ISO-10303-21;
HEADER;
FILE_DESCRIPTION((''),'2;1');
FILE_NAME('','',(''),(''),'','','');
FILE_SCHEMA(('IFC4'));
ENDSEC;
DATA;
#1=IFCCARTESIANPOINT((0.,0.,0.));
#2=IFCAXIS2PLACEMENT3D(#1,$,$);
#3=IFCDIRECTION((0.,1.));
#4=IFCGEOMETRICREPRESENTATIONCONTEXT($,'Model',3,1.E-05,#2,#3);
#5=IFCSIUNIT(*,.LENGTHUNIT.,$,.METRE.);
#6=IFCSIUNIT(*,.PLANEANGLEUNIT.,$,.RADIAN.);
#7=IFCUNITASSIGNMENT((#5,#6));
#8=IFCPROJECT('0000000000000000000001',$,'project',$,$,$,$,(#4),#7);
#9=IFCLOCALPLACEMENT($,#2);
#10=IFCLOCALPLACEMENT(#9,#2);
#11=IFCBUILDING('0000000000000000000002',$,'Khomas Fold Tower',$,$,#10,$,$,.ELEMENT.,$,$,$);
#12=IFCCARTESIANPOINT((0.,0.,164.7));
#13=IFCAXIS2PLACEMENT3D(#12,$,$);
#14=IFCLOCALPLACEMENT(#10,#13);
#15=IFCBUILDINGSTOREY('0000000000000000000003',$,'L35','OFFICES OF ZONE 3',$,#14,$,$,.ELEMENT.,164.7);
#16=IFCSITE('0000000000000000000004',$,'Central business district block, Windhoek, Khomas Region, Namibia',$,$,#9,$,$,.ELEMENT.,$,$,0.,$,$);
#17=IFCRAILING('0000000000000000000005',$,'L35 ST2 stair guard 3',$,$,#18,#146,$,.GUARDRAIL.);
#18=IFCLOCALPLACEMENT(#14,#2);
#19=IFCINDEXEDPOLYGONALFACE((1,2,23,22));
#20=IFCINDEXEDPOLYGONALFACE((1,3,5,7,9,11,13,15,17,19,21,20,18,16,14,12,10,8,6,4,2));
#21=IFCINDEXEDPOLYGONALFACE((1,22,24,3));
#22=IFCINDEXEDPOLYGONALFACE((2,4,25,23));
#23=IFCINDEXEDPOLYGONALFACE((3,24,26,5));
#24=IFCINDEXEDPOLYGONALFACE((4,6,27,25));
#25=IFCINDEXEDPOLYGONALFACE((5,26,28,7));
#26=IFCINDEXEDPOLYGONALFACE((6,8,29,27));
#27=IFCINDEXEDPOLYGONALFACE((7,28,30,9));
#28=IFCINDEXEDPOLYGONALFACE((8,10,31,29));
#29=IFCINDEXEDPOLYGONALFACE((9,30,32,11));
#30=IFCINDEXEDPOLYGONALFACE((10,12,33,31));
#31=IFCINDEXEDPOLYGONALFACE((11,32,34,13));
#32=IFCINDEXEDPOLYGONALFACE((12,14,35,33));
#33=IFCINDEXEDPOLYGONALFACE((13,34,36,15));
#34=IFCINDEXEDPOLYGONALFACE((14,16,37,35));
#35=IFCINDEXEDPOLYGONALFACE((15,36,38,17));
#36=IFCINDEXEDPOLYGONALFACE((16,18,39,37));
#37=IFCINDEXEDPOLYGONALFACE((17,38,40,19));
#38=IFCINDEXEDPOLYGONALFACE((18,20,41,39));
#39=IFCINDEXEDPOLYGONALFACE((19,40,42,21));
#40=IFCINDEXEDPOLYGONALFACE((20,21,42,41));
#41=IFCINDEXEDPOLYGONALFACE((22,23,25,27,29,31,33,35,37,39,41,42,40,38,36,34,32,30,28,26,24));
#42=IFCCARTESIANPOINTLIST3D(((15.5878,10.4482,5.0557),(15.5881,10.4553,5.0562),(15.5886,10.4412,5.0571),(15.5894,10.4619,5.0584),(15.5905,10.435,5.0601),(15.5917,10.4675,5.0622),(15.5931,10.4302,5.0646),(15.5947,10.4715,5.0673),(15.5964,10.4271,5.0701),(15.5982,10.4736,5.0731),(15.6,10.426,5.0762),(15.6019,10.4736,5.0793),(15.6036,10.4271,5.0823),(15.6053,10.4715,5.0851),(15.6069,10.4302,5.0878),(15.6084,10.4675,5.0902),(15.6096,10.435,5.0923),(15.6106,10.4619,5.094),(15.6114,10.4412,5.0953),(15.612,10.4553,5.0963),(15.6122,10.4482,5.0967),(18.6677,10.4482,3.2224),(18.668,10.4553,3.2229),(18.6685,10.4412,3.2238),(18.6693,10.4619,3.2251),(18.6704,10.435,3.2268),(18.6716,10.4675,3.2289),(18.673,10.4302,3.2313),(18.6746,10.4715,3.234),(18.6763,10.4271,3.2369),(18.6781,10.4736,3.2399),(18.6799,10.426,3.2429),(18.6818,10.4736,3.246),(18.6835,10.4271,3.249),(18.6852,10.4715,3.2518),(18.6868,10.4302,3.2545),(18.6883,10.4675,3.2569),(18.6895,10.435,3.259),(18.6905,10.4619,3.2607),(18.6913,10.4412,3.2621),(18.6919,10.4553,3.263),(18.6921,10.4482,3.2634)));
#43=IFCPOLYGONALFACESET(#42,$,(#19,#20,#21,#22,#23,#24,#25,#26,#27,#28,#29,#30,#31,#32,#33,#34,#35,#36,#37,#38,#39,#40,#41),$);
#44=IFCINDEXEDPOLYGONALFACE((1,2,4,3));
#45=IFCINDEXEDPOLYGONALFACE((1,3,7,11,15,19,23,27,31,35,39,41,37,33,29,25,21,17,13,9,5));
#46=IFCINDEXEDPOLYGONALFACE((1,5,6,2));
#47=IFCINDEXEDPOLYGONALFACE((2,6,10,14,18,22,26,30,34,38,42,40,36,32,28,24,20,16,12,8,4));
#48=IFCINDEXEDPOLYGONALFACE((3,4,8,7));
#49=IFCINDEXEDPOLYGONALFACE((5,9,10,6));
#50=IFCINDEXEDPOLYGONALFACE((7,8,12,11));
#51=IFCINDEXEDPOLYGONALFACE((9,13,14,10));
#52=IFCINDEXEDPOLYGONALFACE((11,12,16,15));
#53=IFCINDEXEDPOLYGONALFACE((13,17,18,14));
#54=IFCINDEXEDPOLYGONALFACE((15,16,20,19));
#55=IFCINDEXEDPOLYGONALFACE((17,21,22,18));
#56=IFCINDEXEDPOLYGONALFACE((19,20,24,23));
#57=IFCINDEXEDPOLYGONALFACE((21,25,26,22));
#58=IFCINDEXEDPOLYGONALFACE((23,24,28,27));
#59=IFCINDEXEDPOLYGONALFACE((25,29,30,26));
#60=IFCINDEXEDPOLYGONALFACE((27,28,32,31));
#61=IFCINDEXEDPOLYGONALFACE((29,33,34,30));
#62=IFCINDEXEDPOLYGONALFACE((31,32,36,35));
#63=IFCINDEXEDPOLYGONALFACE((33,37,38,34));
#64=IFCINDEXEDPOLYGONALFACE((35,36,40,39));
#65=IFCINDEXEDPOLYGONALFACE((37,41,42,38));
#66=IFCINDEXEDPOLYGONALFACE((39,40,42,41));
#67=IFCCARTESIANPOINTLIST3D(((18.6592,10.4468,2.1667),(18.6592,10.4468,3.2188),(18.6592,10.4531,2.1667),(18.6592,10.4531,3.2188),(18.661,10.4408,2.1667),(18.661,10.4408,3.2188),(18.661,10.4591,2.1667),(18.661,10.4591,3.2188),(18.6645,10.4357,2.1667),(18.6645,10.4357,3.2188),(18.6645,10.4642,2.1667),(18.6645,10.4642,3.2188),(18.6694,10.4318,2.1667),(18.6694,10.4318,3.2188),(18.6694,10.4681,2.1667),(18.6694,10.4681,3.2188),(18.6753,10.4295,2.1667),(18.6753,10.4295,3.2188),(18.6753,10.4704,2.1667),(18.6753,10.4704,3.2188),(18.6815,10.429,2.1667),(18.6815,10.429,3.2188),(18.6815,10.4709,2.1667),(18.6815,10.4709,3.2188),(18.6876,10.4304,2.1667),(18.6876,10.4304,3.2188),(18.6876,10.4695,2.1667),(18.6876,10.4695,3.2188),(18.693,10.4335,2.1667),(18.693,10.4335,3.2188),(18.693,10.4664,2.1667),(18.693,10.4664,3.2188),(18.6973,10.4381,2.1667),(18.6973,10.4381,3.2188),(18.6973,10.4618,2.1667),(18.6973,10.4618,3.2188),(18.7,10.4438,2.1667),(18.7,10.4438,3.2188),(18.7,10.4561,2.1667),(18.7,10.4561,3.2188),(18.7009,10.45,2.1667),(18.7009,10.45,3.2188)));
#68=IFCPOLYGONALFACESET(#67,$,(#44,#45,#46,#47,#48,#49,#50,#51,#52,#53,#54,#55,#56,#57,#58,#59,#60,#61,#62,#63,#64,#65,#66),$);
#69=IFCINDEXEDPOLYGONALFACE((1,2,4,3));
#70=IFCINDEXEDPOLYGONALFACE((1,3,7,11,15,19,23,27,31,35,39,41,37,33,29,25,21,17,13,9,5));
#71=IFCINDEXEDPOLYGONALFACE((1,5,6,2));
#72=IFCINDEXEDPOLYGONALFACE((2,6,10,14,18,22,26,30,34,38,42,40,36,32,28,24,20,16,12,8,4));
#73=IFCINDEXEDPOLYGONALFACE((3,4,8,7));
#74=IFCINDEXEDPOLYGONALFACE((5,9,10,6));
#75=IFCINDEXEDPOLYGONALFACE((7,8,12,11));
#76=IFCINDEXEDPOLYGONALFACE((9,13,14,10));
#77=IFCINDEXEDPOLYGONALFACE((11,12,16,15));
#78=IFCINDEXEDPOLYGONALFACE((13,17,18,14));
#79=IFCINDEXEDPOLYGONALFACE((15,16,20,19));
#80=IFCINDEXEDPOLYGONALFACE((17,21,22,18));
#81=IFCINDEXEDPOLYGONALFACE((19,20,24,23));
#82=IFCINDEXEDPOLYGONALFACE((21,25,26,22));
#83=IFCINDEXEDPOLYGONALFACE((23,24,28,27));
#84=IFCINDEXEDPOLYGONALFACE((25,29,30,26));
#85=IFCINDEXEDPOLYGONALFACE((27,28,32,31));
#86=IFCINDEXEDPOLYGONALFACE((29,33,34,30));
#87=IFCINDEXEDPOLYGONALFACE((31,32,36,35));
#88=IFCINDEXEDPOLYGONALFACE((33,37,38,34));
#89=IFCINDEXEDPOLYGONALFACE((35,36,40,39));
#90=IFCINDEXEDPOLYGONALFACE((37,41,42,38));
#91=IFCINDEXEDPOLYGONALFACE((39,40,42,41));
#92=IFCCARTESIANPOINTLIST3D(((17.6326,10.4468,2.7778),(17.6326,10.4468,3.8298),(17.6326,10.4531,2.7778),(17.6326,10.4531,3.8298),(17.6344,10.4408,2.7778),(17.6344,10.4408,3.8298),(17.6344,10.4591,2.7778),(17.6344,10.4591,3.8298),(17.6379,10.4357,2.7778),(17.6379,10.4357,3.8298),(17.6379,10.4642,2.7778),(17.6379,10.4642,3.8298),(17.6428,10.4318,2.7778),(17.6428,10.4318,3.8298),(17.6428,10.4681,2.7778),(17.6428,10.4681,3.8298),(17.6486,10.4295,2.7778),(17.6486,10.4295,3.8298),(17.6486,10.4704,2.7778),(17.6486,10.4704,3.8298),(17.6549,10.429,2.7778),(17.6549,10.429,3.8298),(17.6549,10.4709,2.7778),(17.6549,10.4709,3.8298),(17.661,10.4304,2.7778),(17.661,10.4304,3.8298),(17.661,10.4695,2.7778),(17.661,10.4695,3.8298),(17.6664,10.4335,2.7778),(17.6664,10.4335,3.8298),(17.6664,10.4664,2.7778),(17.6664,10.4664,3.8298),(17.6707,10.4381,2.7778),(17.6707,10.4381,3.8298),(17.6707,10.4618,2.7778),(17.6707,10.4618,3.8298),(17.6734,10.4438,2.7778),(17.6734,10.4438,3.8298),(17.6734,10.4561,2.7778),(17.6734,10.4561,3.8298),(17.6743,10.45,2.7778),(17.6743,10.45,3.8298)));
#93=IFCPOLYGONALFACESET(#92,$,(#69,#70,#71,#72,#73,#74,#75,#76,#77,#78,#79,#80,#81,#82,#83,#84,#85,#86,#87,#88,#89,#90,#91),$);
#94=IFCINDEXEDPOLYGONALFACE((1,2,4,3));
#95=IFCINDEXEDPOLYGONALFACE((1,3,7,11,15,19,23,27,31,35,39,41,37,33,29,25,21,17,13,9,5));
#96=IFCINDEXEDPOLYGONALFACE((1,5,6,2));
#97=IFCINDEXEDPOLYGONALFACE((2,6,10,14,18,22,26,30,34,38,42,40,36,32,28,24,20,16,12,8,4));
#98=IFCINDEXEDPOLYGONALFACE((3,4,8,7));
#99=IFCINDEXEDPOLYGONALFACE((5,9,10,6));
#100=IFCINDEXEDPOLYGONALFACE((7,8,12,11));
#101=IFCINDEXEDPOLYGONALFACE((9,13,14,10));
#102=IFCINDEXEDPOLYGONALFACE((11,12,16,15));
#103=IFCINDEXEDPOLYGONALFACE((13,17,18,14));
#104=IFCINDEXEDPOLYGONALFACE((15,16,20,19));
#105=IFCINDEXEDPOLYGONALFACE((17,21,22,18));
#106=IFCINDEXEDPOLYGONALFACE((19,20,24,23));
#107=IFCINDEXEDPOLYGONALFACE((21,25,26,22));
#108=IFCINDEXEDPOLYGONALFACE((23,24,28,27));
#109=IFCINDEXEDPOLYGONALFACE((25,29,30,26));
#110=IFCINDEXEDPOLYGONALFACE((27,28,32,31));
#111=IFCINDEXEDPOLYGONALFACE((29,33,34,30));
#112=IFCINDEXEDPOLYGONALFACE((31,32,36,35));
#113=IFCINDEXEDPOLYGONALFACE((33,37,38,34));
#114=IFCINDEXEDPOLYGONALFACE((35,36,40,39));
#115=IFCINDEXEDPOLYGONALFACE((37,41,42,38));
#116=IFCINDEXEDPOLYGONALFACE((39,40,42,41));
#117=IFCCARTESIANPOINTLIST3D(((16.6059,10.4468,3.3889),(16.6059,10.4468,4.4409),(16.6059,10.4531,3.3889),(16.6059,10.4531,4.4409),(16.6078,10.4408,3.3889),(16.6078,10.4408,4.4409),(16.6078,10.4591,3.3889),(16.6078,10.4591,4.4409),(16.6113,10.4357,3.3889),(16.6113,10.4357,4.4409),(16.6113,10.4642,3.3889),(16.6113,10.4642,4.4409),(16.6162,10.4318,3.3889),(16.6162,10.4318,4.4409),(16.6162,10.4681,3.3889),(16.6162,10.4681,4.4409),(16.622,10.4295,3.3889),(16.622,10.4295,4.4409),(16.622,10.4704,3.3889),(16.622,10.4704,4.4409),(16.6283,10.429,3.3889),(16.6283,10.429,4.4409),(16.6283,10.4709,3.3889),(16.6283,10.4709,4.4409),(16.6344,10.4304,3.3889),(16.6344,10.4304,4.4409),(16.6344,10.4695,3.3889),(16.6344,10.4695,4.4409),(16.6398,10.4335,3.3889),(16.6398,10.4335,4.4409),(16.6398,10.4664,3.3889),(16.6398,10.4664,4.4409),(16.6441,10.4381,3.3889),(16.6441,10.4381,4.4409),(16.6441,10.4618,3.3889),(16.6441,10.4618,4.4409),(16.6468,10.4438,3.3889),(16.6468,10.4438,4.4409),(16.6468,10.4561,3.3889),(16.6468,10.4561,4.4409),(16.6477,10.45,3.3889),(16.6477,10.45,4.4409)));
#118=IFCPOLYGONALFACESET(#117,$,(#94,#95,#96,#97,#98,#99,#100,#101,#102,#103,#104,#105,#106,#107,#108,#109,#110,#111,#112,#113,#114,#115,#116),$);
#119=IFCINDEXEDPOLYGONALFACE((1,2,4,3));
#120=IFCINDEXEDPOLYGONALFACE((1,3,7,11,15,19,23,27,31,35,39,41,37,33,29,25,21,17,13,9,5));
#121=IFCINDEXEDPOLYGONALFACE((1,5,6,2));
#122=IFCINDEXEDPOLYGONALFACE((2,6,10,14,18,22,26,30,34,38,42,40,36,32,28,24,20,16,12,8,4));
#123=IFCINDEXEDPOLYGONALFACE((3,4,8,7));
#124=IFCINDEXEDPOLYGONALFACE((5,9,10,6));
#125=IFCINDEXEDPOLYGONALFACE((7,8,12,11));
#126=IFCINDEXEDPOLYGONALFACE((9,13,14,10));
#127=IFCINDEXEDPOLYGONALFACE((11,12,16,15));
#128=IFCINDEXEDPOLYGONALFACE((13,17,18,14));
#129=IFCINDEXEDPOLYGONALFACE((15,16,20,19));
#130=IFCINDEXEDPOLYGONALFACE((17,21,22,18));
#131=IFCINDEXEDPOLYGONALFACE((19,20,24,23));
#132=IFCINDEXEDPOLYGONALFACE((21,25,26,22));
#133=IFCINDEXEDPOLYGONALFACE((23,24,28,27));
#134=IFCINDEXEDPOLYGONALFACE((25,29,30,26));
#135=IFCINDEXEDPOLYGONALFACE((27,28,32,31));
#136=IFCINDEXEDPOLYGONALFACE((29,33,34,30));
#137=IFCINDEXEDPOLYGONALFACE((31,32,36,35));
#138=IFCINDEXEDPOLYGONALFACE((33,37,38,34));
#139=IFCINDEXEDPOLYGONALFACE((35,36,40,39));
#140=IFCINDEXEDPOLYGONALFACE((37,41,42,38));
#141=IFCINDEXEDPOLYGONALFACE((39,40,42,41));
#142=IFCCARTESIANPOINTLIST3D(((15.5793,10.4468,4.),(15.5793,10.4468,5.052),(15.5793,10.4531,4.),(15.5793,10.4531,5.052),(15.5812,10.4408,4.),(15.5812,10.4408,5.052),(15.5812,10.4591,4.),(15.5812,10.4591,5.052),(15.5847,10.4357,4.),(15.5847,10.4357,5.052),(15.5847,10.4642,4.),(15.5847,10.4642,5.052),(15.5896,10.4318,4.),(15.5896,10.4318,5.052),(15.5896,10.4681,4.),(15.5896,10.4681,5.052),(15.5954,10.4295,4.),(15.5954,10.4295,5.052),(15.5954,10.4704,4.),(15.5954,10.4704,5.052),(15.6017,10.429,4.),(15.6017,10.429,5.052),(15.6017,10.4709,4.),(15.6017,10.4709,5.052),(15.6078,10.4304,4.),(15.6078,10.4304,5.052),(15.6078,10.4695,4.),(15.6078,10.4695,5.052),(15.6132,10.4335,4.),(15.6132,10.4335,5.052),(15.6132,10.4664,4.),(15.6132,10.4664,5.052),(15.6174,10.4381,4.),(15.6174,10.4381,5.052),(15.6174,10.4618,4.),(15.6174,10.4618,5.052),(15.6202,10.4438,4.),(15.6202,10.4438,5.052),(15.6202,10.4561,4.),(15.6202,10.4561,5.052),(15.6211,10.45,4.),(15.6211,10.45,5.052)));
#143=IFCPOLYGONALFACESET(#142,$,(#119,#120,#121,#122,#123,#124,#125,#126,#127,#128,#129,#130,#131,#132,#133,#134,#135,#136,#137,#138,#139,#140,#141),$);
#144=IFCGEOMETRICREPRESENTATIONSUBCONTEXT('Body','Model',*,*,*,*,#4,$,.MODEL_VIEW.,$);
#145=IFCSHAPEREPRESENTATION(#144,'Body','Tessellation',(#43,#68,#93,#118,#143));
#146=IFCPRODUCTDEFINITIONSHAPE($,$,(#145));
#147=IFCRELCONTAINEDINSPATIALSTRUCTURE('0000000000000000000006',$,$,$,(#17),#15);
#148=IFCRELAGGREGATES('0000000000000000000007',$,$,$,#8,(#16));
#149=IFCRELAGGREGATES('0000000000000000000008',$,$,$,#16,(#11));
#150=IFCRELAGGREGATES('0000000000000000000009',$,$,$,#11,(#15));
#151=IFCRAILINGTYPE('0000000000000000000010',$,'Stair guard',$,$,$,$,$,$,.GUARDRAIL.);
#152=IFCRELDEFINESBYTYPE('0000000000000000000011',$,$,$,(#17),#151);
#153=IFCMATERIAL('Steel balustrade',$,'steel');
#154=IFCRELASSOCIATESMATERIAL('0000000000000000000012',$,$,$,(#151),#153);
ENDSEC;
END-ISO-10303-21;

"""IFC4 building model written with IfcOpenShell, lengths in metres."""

from ifc_helpers import new_model, si_unit, direction, frame, origin, origin_2d, place, context, subcontext, project, spatial, circle, extrude, source, transform, mapped, material, type_object, element, save


model = new_model("IFC4")

# Units and contexts
model_context = context("Model", 3, precision=1e-05, world=origin(), true_north=direction((0.0, 1.0)))
body_context = subcontext(model_context, "Body", "Model", "MODEL_VIEW")
ifc_project = project(units=[si_unit("LENGTHUNIT", "METRE"), si_unit("PLANEANGLEUNIT", "RADIAN")], contexts=[model_context])

# Site, building, storey
site_placement = place(None, origin())
site = spatial("IfcSite", under=ifc_project, at=site_placement, Name="Central business district block, Windhoek, Khomas Region, Namibia", CompositionType="ELEMENT", RefElevation=0.0)
building_placement = place(site_placement, origin())
building = spatial("IfcBuilding", under=site, at=building_placement, Name="Khomas Fold Tower", CompositionType="ELEMENT")
storey_placement = place(building_placement, frame((0.0, 0.0, 164.7)))
storey = spatial("IfcBuildingStorey", under=building, at=storey_placement, Name="L35", Description="OFFICES OF ZONE 3", CompositionType="ELEMENT", Elevation=164.7)

# Railing
ifc_material_1 = material(Name="Steel balustrade", Category="steel")
railing_type_1 = type_object("IfcRailingType", Name="Stair guard", PredefinedType="GUARDRAIL", material=ifc_material_1)
shared_shape_1 = source(origin(), body_context, "Body", "SweptSolid", [
    extrude(circle(Radius=0.0239, at=origin_2d()), frame((0.0, 0.0, 1.0762), z_axis=(-0.859291, 0.0, 0.511487), x_axis=(0.0, -1.0, 0.0)), (0.0, 0.0, 1.0), 3.5842),
    extrude(circle(Radius=0.021, at=origin_2d()), origin(), (0.0, 0.0, 1.0), 1.052),
    extrude(circle(Radius=0.021, at=origin_2d()), frame((-1.0266, 0.0, 0.6111)), (0.0, 0.0, 1.0), 1.052),
    extrude(circle(Radius=0.021, at=origin_2d()), frame((-2.0532, 0.0, 1.2222)), (0.0, 0.0, 1.0), 1.052),
    extrude(circle(Radius=0.021, at=origin_2d()), frame((-3.0798, 0.0, 1.8333)), (0.0, 0.0, 1.0), 1.052),
])
railing_1_placement = place(storey_placement, frame((18.6799, 10.45, 2.1667)))
element("IfcRailing", 1, at=railing_1_placement, inside=storey, type_object=railing_type_1, Name="L35 ST2 stair guard 3", PredefinedType="GUARDRAIL", context=body_context, shape_type="MappedRepresentation", body=[
    mapped(shared_shape_1, transform((0.0, 0.0, 0.0))),
])

save(model, "model.ifc")
